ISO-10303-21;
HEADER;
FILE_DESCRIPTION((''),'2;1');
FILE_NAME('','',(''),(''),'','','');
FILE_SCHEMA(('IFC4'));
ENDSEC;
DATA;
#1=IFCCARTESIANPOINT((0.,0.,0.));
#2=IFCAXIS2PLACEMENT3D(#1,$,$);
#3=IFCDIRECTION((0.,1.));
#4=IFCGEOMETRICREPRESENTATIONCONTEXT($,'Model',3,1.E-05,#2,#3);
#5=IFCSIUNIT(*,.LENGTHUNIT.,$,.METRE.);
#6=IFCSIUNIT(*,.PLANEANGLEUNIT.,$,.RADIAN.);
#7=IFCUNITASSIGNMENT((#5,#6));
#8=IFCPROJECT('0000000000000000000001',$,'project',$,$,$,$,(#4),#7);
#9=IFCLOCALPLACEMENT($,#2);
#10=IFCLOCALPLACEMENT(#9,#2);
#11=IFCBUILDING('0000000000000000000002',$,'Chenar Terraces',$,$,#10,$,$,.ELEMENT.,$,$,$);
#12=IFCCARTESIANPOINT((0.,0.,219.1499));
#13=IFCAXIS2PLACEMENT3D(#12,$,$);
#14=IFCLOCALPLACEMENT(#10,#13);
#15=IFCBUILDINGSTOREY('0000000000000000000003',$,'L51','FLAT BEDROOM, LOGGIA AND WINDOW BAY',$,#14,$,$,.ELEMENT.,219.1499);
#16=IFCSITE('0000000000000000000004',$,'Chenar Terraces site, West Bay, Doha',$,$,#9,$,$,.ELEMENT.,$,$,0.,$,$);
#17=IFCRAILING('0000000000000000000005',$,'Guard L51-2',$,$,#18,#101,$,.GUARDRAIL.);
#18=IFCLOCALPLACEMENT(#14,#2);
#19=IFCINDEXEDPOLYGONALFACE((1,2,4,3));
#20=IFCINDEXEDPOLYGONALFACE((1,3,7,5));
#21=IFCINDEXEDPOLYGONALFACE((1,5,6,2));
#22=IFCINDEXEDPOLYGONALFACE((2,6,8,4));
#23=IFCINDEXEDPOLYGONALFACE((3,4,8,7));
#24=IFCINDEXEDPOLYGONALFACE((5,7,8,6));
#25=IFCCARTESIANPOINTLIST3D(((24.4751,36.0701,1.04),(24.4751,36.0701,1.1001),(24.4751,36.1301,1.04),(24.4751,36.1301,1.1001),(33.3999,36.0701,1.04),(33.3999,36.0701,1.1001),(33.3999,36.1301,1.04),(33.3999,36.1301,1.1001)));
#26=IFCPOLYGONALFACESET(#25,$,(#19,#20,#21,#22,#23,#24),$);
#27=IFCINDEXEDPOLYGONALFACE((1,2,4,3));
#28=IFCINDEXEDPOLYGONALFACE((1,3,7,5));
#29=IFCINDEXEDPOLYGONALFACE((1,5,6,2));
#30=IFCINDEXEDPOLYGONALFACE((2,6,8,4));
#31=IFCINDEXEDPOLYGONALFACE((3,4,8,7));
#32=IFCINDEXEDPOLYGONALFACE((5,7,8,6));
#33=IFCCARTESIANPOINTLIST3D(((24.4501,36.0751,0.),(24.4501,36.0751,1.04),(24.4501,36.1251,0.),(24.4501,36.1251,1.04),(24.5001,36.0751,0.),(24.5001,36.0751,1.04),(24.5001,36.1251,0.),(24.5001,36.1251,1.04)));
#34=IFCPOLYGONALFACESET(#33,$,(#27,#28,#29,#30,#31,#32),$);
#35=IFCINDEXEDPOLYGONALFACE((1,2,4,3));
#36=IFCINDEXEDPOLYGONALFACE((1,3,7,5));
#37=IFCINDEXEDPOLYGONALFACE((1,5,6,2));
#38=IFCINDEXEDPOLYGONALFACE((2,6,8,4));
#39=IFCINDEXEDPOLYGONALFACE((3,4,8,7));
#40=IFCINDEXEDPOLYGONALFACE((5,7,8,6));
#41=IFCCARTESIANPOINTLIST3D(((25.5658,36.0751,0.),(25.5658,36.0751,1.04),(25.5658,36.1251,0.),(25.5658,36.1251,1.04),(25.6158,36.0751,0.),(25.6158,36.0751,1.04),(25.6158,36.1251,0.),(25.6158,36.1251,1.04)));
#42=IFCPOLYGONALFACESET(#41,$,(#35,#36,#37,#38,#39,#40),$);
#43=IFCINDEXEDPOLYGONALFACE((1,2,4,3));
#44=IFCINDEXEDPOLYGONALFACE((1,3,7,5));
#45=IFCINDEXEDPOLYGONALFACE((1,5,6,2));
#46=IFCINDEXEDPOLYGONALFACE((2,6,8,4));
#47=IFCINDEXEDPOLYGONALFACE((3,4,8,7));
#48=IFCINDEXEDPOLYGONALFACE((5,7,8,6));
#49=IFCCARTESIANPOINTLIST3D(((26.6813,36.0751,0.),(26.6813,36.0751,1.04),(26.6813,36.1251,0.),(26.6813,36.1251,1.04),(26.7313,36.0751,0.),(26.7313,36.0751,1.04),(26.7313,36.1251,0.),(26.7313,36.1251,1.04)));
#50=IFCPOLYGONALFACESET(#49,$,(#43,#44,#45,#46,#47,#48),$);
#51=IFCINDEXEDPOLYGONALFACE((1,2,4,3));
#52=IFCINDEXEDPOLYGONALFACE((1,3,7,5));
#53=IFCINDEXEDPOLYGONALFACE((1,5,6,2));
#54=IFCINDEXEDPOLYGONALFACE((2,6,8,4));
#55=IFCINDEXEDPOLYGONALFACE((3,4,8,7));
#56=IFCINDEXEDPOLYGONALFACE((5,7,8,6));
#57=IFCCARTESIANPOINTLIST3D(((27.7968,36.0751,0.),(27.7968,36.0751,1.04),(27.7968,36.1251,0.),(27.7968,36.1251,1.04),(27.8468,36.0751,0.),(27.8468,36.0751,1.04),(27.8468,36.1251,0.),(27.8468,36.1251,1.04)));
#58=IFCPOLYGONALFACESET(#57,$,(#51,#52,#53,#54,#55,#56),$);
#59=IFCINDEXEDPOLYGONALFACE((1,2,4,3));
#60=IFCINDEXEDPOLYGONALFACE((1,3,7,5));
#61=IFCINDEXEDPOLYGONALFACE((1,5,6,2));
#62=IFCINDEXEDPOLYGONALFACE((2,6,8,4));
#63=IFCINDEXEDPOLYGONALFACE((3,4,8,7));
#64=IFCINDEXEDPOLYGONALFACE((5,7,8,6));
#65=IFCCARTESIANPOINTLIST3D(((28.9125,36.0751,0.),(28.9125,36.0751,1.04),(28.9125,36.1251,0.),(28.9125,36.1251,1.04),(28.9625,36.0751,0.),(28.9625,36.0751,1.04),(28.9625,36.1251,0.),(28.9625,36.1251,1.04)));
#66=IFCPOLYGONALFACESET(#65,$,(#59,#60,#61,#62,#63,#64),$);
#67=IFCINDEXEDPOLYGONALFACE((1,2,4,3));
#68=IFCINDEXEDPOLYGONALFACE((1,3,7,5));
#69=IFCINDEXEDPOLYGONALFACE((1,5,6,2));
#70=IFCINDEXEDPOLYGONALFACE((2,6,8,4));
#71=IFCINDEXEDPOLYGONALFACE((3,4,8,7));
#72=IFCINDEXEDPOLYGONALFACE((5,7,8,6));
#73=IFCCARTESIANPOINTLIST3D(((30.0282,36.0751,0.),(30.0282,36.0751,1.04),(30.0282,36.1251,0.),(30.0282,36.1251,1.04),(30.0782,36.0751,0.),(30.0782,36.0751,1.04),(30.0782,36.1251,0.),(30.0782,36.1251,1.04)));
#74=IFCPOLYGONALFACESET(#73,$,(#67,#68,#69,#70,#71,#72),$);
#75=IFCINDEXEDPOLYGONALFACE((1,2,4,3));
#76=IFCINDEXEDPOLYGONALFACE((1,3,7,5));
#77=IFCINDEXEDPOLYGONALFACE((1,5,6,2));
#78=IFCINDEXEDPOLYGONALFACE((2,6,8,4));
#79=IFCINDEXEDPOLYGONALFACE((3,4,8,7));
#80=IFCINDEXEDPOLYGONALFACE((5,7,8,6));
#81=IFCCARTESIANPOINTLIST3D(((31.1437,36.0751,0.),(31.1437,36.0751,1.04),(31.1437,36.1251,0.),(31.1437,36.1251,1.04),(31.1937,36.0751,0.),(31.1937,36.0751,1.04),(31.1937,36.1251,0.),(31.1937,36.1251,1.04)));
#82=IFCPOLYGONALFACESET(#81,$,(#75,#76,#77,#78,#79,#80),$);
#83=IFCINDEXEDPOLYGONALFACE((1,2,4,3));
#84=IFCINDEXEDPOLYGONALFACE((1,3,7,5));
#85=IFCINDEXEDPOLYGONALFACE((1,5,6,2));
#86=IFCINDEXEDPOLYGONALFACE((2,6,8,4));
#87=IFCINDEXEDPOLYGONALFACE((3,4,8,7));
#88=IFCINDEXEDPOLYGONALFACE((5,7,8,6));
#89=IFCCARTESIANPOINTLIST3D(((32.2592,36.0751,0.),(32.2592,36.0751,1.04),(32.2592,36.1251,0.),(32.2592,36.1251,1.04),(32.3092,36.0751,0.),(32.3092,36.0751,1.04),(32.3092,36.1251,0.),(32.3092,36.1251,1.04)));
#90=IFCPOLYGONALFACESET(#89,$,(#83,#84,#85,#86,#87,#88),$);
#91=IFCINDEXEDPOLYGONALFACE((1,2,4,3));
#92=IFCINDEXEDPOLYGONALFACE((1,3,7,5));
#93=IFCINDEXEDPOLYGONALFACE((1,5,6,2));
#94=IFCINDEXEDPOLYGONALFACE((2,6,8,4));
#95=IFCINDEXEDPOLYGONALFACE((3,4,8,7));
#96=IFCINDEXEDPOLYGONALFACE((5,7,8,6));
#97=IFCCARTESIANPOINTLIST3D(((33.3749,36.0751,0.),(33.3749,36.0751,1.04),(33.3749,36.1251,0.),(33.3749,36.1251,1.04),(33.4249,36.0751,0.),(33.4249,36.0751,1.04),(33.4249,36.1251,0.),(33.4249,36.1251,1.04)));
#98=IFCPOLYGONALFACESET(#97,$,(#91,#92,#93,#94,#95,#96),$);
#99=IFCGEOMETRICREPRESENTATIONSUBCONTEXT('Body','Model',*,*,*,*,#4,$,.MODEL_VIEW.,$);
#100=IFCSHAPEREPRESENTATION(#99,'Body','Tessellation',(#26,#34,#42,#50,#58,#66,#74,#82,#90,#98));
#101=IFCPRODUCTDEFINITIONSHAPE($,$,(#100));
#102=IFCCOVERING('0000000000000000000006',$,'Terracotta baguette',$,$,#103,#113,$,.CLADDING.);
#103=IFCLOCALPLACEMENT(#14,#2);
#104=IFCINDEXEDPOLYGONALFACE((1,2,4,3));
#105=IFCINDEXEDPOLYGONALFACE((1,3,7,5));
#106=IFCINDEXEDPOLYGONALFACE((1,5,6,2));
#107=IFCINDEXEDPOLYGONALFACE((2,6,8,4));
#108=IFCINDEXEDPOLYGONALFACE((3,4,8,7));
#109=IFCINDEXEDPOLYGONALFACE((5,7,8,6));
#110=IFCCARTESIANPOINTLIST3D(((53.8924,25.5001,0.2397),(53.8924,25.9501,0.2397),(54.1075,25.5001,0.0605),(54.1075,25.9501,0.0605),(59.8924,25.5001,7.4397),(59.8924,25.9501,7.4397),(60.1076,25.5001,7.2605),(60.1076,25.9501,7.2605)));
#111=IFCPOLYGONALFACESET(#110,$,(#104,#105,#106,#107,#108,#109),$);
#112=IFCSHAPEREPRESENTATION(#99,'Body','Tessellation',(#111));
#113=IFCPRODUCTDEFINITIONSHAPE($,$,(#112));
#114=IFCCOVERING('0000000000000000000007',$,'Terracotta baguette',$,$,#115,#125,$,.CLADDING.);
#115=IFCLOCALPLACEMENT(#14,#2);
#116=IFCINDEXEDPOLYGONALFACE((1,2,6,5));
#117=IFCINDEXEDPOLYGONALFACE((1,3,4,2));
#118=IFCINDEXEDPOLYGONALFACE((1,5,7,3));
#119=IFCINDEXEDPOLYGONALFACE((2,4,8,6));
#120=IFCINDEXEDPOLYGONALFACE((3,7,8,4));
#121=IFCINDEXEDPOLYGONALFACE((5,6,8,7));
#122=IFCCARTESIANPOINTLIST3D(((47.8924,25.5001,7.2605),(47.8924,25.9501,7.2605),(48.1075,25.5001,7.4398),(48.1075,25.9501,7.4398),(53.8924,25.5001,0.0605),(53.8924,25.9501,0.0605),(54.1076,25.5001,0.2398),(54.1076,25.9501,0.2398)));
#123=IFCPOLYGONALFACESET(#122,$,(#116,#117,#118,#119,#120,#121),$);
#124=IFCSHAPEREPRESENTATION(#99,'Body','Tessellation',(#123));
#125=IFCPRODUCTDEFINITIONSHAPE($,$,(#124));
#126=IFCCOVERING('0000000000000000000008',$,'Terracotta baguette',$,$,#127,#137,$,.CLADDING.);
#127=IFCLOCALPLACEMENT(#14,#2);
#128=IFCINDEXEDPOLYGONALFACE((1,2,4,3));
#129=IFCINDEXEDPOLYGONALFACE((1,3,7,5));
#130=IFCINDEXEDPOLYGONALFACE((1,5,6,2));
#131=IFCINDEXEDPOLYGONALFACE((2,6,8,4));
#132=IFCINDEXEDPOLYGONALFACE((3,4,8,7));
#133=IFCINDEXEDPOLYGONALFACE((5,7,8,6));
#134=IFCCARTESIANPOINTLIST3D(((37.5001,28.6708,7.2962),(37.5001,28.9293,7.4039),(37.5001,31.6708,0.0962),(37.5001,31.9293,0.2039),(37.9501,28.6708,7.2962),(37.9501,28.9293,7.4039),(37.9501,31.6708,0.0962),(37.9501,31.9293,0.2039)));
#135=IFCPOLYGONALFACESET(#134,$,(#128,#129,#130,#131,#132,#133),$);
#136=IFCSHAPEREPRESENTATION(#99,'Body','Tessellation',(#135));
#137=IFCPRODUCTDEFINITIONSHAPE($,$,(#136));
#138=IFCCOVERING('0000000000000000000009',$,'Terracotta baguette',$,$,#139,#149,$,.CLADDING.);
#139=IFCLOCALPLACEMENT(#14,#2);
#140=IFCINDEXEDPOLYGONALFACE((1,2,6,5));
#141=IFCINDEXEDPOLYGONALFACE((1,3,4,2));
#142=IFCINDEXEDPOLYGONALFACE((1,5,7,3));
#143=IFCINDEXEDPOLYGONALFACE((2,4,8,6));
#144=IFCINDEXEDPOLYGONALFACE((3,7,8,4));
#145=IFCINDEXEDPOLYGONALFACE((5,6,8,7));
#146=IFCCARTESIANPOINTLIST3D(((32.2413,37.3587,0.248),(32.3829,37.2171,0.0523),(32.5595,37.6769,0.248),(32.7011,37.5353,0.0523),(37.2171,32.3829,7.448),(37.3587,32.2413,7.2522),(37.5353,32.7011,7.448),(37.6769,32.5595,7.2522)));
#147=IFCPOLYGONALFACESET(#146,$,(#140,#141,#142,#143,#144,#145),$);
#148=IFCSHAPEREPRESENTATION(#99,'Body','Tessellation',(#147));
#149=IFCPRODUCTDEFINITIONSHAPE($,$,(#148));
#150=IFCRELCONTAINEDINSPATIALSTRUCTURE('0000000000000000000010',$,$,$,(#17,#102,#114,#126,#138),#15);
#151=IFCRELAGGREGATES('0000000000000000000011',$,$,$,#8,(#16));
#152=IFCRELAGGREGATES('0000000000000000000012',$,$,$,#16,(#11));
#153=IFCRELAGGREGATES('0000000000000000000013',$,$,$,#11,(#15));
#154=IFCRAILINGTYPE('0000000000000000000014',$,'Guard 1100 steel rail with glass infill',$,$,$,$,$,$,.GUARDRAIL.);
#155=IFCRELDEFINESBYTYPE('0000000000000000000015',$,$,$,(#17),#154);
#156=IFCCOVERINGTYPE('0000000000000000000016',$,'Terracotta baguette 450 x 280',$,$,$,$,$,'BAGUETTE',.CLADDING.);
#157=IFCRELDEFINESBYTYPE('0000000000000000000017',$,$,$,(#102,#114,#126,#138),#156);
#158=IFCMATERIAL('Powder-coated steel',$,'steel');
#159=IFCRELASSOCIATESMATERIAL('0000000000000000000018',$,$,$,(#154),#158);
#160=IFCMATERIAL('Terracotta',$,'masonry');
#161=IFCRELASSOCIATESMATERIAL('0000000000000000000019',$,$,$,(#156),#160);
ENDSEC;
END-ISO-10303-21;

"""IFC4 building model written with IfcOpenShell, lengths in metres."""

from ifc_helpers import new_model, si_unit, direction, frame, origin, origin_2d, place, context, subcontext, project, spatial, rectangle, extrude, material, material_profile, profile_set, type_object, element, save


model = new_model("IFC4")

# Units and contexts
model_context = context("Model", 3, precision=1e-05, world=origin(), true_north=direction((0.0, 1.0)))
body_context = subcontext(model_context, "Body", "Model", "MODEL_VIEW")
ifc_project = project(units=[si_unit("LENGTHUNIT", "METRE"), si_unit("PLANEANGLEUNIT", "RADIAN")], contexts=[model_context])

# Site, building, storey
site_placement = place(None, origin())
site = spatial("IfcSite", under=ifc_project, at=site_placement, Name="Chenar Terraces site, West Bay, Doha", CompositionType="ELEMENT", RefElevation=0.0)
building_placement = place(site_placement, origin())
building = spatial("IfcBuilding", under=site, at=building_placement, Name="Chenar Terraces", CompositionType="ELEMENT")
storey_placement = place(building_placement, frame((0.0, 0.0, 219.1499)))
storey = spatial("IfcBuildingStorey", under=building, at=storey_placement, Name="L51", Description="FLAT BEDROOM, LOGGIA AND WINDOW BAY", CompositionType="ELEMENT", Elevation=219.1499)

# Railing
ifc_material_1 = material(Name="Powder-coated steel", Category="steel")
railing_type = type_object("IfcRailingType", Name="Guard 1100 steel rail with glass infill", PredefinedType="GUARDRAIL", material=ifc_material_1)
railing_placement = place(storey_placement, frame((24.4751, 36.1001, 0.0)))
element("IfcRailing", 1, at=railing_placement, inside=storey, type_object=railing_type, Name="Guard L51-2", PredefinedType="GUARDRAIL", context=body_context, shape_type="SweptSolid", body=[
    extrude(rectangle(XDim=0.0601, YDim=0.0601, at=origin_2d()), frame((0.0, 0.0, 1.0701), z_axis=(1.0, 0.0, 0.0), x_axis=(0.0, 1.0, 0.0)), (0.0, 0.0, 1.0), 8.9248),
    extrude(rectangle(XDim=0.05, YDim=0.05, at=origin_2d()), origin(), (0.0, 0.0, 1.0), 1.04),
    extrude(rectangle(XDim=0.05, YDim=0.05, at=origin_2d()), frame((1.1157, 0.0, 0.0)), (0.0, 0.0, 1.0), 1.04),
    extrude(rectangle(XDim=0.05, YDim=0.05, at=origin_2d()), frame((2.2312, 0.0, 0.0)), (0.0, 0.0, 1.0), 1.04),
    extrude(rectangle(XDim=0.05, YDim=0.05, at=origin_2d()), frame((3.3467, 0.0, 0.0)), (0.0, 0.0, 1.0), 1.04),
    extrude(rectangle(XDim=0.05, YDim=0.05, at=origin_2d()), frame((4.4624, 0.0, 0.0)), (0.0, 0.0, 1.0), 1.04),
    extrude(rectangle(XDim=0.05, YDim=0.05, at=origin_2d()), frame((5.5781, 0.0, 0.0)), (0.0, 0.0, 1.0), 1.04),
    extrude(rectangle(XDim=0.05, YDim=0.05, at=origin_2d()), frame((6.6936, 0.0, 0.0)), (0.0, 0.0, 1.0), 1.04),
    extrude(rectangle(XDim=0.05, YDim=0.05, at=origin_2d()), frame((7.8091, 0.0, 0.0)), (0.0, 0.0, 1.0), 1.04),
    extrude(rectangle(XDim=0.05, YDim=0.05, at=origin_2d()), frame((8.9248, 0.0, 0.0)), (0.0, 0.0, 1.0), 1.04),
])

# Coverings
ifc_material_2 = material(Name="Terracotta", Category="masonry")
ifc_material_profile_1 = material_profile(ifc_material_2, rectangle(XDim=0.45, YDim=0.28, at=origin_2d()), Name="Terracotta baguette 450 x 280")
ifc_profile_set_1 = profile_set([ifc_material_profile_1], Name="Terracotta")
covering_type = type_object("IfcCoveringType", Name="Terracotta baguette 450 x 280", ElementType="BAGUETTE", PredefinedType="CLADDING", material=ifc_profile_set_1)
for number, where, z_axis, x_axis, name in (
    (2, (60.0, 25.7251, 7.3501), (-0.640187, 0.0, -0.768219), (0.0, -1.0, 0.0), "Terracotta baguette"),
    (3, (54.0, 25.7251, 0.1501), (-0.640187, 0.0, 0.768219), (0.0, -1.0, 0.0), "Terracotta baguette"),
):
    element("IfcCovering", number, at=place(storey_placement, frame(where, z_axis=z_axis, x_axis=x_axis)), inside=storey, type_object=covering_type, Name=name, PredefinedType="CLADDING", context=body_context, shape_type="SweptSolid", body=[
        extrude(rectangle(XDim=0.45, YDim=0.28, at=origin_2d()), origin(), (0.0, 0.0, 1.0), 9.3723),
    ])
covering_1_placement = place(storey_placement, frame((37.7251, 28.8, 7.3501), z_axis=(0.0, 0.384618, -0.923076), x_axis=(-1.0, 0.0, 0.0)))
element("IfcCovering", 4, at=covering_1_placement, inside=storey, type_object=covering_type, Name="Terracotta baguette", PredefinedType="CLADDING", context=body_context, shape_type="SweptSolid", body=[
    extrude(rectangle(XDim=0.45, YDim=0.28, at=origin_2d()), origin(), (0.0, 0.0, 1.0), 7.8),
])
covering_2_placement = place(storey_placement, frame((37.447, 32.4712, 7.3501), z_axis=(-0.494241, 0.494241, -0.715159), x_axis=(-0.707107, -0.707107, 0.0)))
element("IfcCovering", 5, at=covering_2_placement, inside=storey, type_object=covering_type, Name="Terracotta baguette", PredefinedType="CLADDING", context=body_context, shape_type="SweptSolid", body=[
    extrude(rectangle(XDim=0.45, YDim=0.28, at=origin_2d()), origin(), (0.0, 0.0, 1.0), 10.0676),
])

save(model, "model.ifc")
